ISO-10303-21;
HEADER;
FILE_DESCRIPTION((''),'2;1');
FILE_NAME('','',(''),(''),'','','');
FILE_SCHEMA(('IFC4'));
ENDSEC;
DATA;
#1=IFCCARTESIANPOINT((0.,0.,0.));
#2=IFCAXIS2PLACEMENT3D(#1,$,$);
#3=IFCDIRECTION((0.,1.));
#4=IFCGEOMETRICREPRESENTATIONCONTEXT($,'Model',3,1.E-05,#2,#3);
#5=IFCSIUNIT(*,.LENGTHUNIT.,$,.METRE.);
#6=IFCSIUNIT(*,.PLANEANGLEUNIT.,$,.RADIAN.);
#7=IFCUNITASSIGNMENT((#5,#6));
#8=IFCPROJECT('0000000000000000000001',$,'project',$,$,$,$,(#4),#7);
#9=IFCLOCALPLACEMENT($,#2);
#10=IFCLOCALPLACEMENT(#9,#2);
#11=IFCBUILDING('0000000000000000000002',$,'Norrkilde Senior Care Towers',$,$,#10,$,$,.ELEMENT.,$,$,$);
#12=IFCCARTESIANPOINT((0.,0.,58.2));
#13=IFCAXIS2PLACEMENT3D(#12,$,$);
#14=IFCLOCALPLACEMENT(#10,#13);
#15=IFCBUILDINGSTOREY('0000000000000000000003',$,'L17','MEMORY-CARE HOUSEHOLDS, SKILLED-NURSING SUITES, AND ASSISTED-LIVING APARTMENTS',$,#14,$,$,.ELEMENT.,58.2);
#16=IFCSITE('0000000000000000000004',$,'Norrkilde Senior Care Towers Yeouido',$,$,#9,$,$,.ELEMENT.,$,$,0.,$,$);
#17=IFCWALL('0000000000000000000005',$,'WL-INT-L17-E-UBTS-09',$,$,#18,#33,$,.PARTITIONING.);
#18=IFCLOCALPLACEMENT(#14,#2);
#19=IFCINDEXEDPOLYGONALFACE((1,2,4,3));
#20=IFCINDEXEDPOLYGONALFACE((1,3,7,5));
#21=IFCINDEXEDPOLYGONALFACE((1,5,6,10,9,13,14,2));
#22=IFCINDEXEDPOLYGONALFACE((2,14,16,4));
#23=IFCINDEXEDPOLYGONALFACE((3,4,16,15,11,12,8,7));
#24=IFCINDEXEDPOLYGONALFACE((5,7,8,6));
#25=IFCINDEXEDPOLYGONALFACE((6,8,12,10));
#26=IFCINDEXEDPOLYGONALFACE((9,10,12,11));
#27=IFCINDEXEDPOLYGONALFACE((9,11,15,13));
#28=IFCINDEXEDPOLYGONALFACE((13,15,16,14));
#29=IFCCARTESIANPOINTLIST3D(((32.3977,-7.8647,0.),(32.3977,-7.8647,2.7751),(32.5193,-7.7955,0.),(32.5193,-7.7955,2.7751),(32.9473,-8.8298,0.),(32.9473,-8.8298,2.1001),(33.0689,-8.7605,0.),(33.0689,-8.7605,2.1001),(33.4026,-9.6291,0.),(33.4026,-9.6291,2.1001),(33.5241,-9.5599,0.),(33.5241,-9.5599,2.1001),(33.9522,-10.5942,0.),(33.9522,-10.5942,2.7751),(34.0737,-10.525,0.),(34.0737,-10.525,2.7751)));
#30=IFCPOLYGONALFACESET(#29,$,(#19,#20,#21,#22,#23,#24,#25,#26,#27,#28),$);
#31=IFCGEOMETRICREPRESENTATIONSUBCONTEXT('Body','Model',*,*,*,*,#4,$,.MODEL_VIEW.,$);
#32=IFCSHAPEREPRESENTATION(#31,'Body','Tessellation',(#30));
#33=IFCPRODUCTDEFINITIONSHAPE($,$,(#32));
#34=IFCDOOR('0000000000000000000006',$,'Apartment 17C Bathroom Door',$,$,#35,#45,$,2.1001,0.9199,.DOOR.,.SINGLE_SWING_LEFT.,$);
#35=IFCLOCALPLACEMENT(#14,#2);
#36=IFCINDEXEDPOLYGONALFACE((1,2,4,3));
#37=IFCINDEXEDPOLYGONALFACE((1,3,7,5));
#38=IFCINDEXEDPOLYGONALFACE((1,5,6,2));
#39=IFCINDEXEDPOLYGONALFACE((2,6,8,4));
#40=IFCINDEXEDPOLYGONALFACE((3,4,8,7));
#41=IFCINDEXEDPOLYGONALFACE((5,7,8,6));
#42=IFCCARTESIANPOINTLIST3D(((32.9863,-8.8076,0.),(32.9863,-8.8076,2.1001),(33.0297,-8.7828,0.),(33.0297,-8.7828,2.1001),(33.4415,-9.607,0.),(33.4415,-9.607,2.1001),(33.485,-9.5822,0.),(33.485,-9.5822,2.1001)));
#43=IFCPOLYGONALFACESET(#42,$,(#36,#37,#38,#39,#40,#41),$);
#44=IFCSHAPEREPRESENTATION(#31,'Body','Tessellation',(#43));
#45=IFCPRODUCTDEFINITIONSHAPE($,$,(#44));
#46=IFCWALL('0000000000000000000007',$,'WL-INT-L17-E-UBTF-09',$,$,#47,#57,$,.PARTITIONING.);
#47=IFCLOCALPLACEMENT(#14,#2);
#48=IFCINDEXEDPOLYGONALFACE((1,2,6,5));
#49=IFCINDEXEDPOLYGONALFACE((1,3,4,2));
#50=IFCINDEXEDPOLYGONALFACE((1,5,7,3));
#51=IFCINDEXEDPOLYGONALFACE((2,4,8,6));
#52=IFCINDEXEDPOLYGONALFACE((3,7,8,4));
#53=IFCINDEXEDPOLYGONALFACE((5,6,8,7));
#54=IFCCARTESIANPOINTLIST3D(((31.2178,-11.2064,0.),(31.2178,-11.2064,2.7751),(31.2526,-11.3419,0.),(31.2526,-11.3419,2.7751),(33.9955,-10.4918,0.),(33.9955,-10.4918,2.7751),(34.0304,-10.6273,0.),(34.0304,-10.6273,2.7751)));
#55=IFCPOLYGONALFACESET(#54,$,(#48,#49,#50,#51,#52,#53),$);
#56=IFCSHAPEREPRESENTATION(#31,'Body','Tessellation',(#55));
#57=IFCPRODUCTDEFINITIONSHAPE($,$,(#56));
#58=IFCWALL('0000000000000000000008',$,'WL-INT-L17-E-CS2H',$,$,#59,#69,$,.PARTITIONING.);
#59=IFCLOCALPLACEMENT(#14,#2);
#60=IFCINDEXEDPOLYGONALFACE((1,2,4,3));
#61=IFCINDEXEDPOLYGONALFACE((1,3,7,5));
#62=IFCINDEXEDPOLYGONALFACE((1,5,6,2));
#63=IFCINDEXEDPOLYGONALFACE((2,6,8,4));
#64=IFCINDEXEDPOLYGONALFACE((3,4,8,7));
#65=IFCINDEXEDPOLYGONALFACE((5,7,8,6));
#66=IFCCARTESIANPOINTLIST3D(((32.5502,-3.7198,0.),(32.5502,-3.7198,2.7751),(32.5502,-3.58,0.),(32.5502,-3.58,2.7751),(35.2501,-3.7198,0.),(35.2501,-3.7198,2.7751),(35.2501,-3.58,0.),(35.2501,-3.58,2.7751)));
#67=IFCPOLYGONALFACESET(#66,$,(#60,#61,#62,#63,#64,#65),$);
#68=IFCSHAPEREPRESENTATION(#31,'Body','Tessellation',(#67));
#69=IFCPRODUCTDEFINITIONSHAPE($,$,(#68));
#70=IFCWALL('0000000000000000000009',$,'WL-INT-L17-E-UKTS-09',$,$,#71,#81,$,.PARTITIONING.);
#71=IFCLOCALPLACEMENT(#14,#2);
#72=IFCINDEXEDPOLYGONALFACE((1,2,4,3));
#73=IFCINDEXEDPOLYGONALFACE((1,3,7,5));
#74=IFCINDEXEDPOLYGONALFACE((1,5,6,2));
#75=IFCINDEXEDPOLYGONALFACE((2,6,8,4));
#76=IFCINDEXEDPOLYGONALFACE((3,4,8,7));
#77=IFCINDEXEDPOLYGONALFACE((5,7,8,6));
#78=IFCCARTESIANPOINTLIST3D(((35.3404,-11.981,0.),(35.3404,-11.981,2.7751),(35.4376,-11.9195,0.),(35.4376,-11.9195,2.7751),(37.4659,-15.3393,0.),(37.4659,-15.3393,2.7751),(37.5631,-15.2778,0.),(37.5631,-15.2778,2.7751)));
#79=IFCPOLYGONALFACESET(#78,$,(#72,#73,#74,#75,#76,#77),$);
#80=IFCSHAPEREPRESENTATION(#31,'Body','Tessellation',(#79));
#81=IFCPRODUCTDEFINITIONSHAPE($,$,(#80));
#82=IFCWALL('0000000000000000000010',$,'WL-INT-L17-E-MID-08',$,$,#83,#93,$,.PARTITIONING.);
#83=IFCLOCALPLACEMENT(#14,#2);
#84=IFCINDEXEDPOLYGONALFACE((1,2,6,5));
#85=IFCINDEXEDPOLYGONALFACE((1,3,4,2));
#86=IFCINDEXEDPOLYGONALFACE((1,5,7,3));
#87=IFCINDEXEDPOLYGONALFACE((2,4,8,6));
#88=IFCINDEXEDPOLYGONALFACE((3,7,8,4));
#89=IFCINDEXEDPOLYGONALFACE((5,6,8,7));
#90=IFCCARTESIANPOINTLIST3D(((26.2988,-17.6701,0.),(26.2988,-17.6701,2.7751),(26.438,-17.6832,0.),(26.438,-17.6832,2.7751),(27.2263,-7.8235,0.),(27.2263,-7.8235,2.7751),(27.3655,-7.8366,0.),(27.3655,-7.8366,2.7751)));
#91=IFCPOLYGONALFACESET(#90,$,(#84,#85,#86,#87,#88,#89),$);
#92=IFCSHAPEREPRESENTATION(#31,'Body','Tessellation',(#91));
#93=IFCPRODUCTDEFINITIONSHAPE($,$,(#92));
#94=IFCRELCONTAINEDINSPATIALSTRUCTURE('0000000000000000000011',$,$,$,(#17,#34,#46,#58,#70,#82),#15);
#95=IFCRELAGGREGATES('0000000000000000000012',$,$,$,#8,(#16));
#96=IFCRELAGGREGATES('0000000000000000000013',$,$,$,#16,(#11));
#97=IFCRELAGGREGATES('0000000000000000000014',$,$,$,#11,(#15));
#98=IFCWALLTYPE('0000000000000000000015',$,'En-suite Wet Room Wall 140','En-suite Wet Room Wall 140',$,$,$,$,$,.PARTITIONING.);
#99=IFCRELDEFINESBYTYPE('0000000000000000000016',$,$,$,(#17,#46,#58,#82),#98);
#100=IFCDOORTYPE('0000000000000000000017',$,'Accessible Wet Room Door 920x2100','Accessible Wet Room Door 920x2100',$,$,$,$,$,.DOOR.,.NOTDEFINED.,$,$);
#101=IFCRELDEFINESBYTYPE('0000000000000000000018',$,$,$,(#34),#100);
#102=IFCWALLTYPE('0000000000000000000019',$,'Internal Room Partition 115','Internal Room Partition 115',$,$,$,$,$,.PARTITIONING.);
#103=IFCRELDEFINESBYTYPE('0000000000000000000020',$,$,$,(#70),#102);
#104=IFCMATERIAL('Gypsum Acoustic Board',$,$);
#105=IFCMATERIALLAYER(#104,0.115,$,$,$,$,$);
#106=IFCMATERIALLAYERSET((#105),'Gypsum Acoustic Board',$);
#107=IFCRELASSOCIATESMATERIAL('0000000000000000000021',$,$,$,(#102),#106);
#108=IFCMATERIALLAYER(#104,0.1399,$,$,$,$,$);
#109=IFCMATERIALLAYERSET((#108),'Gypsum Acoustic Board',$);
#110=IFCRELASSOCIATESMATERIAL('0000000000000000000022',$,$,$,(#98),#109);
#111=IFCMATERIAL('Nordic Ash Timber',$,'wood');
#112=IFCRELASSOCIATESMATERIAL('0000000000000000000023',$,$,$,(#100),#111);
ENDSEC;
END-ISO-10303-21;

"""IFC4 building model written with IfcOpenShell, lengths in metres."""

from ifc_helpers import new_model, si_unit, direction, frame, frame_2d, origin, place, context, subcontext, project, spatial, rectangle, extrude, source, transform, mapped, material, layer, layer_set, type_object, type_shapes, element, fill, save


model = new_model("IFC4")

# Units and contexts
model_context = context("Model", 3, precision=1e-05, world=origin(), true_north=direction((0.0, 1.0)))
body_context = subcontext(model_context, "Body", "Model", "MODEL_VIEW")
ifc_project = project(units=[si_unit("LENGTHUNIT", "METRE"), si_unit("PLANEANGLEUNIT", "RADIAN")], contexts=[model_context])

# Site, building, storey
site_placement = place(None, origin())
site = spatial("IfcSite", under=ifc_project, at=site_placement, Name="Norrkilde Senior Care Towers Yeouido", CompositionType="ELEMENT", RefElevation=0.0)
building_placement = place(site_placement, origin())
building = spatial("IfcBuilding", under=site, at=building_placement, Name="Norrkilde Senior Care Towers", CompositionType="ELEMENT")
storey_placement = place(building_placement, frame((0.0, 0.0, 58.2)))
storey = spatial("IfcBuildingStorey", under=building, at=storey_placement, Name="L17", Description="MEMORY-CARE HOUSEHOLDS, SKILLED-NURSING SUITES, AND ASSISTED-LIVING APARTMENTS", CompositionType="ELEMENT", Elevation=58.2)

# Shared definitions
ifc_material_1 = material(Name="Gypsum Acoustic Board")
ifc_layer_1 = layer(ifc_material_1, 0.115)
ifc_layer_set_1 = layer_set([ifc_layer_1], Name="Gypsum Acoustic Board")
wall_type_1 = type_object("IfcWallType", Name="Internal Room Partition 115", Description="Internal Room Partition 115", PredefinedType="PARTITIONING", material=ifc_layer_set_1)

# Wall, opening, door
ifc_layer_2 = layer(ifc_material_1, 0.1399)
ifc_layer_set_2 = layer_set([ifc_layer_2], Name="Gypsum Acoustic Board")
wall_type_2 = type_object("IfcWallType", Name="En-suite Wet Room Wall 140", Description="En-suite Wet Room Wall 140", PredefinedType="PARTITIONING", material=ifc_layer_set_2)
shared_shape_1 = source(origin(), body_context, "Body", "SweptSolid", [
    extrude(rectangle(XDim=3.1411, YDim=0.1399, at=frame_2d((1.5706, 0.0))), origin(), (0.0, 0.0, 1.0), 2.7751),
])
wall_1_placement = place(storey_placement, frame((32.4585, -7.8301, 0.0), z_axis=(0.0, 0.0, 1.0), x_axis=(0.494874, -0.868964, 0.0)))
wall_1 = element("IfcWall", 1, at=wall_1_placement, inside=storey, type_object=wall_type_2, Name="WL-INT-L17-E-UBTS-09", PredefinedType="PARTITIONING", context=body_context, shape_type="MappedRepresentation", body=[
    mapped(shared_shape_1, transform((0.0, 0.0, 0.0), x_axis=(1.0, 0.0, 0.0), y_axis=(0.0, 1.0, 0.0), z_axis=(0.0, 0.0, 1.0), scale=1.0)),
])
opening_1_placement = place(wall_1_placement, frame((1.1106, 0.0, 0.0)))
opening_1 = element("IfcOpeningElement", 2, at=opening_1_placement, cuts=wall_1, PredefinedType="OPENING", context=body_context, shape_type="SweptSolid", body=[
    extrude(rectangle(XDim=0.9199, YDim=2.1001, at=frame_2d((0.46, 1.05))), frame((0.0, 0.0798, 0.0), z_axis=(0.0, -1.0, 0.0), x_axis=(1.0, 0.0, 0.0)), (0.0, 0.0, 1.0), 0.1599),
])
ifc_material_2 = material(Name="Nordic Ash Timber", Category="wood")
door_type_1 = type_object("IfcDoorType", Name="Accessible Wet Room Door 920x2100", Description="Accessible Wet Room Door 920x2100", OperationType="NOTDEFINED", PredefinedType="DOOR", material=ifc_material_2)
shared_shape_2 = source(origin(), body_context, "Body", "SweptSolid", [
    extrude(rectangle(XDim=0.9199, YDim=2.1001, at=frame_2d((0.46, 1.05))), frame((0.0, 0.0249, 0.0), z_axis=(0.0, -1.0, 0.0), x_axis=(1.0, 0.0, 0.0)), (0.0, 0.0, 1.0), 0.05),
])
type_shapes(door_type_1, [shared_shape_2])
door_1_placement = place(opening_1_placement, origin())
door_1 = element("IfcDoor", 3, at=door_1_placement, inside=storey, type_object=door_type_1, Name="Apartment 17C Bathroom Door", OperationType="SINGLE_SWING_LEFT", OverallHeight=2.1001, OverallWidth=0.9199, PredefinedType="DOOR", context=body_context, shape_type="MappedRepresentation", body=[
    mapped(shared_shape_2, transform((0.0, 0.0, 0.0), x_axis=(1.0, 0.0, 0.0), y_axis=(0.0, 1.0, 0.0), z_axis=(0.0, 0.0, 1.0), scale=1.0)),
])
fill(opening_1, door_1)

# Walls
shared_shape_3 = source(origin(), body_context, "Body", "SweptSolid", [
    extrude(rectangle(XDim=2.8682, YDim=0.1399, at=frame_2d((1.4341, 0.0))), origin(), (0.0, 0.0, 1.0), 2.7751),
])
wall_2_placement = place(storey_placement, frame((34.0129, -10.5596, 0.0), z_axis=(0.0, 0.0, 1.0), x_axis=(-0.968468, -0.249139, 0.0)))
element("IfcWall", 4, at=wall_2_placement, inside=storey, type_object=wall_type_2, Name="WL-INT-L17-E-UBTF-09", PredefinedType="PARTITIONING", context=body_context, shape_type="MappedRepresentation", body=[
    mapped(shared_shape_3, transform((0.0, 0.0, 0.0), x_axis=(1.0, 0.0, 0.0), y_axis=(0.0, 1.0, 0.0), z_axis=(0.0, 0.0, 1.0), scale=1.0)),
])
shared_shape_4 = source(origin(), body_context, "Body", "SweptSolid", [
    extrude(rectangle(XDim=2.7, YDim=0.1399, at=frame_2d((1.3501, 0.0))), origin(), (0.0, 0.0, 1.0), 2.7751),
])
wall_3_placement = place(storey_placement, frame((32.55, -3.6499, 0.0), z_axis=(0.0, 0.0, 1.0), x_axis=(1.0, 0.0, 0.0)))
element("IfcWall", 5, at=wall_3_placement, inside=storey, type_object=wall_type_2, Name="WL-INT-L17-E-CS2H", PredefinedType="PARTITIONING", context=body_context, shape_type="MappedRepresentation", body=[
    mapped(shared_shape_4, transform((0.0, 0.0, 0.0), x_axis=(1.0, 0.0, 0.0), y_axis=(0.0, 1.0, 0.0), z_axis=(0.0, 0.0, 1.0), scale=1.0)),
])
shared_shape_5 = source(origin(), body_context, "Body", "SweptSolid", [
    extrude(rectangle(XDim=3.9744, YDim=0.115, at=frame_2d((1.9873, 0.0))), origin(), (0.0, 0.0, 1.0), 2.7751),
])
wall_4_placement = place(storey_placement, frame((35.3889, -11.9502, 0.0), z_axis=(0.0, 0.0, 1.0), x_axis=(0.534811, -0.844972, 0.0)))
element("IfcWall", 6, at=wall_4_placement, inside=storey, type_object=wall_type_1, Name="WL-INT-L17-E-UKTS-09", PredefinedType="PARTITIONING", context=body_context, shape_type="MappedRepresentation", body=[
    mapped(shared_shape_5, transform((0.0, 0.0, 0.0), x_axis=(1.0, 0.0, 0.0), y_axis=(0.0, 1.0, 0.0), z_axis=(0.0, 0.0, 1.0), scale=1.0)),
])
shared_shape_6 = source(origin(), body_context, "Body", "SweptSolid", [
    extrude(rectangle(XDim=9.8901, YDim=0.1399, at=frame_2d((4.9451, 0.0))), origin(), (0.0, 0.0, 1.0), 2.7751),
])
type_shapes(wall_type_2, [shared_shape_1, shared_shape_3, shared_shape_4, shared_shape_6])
wall_5_placement = place(storey_placement, frame((27.2959, -7.8301, 0.0), z_axis=(0.0, 0.0, 1.0), x_axis=(-0.09378, -0.995593, 0.0)))
element("IfcWall", 7, at=wall_5_placement, inside=storey, type_object=wall_type_2, Name="WL-INT-L17-E-MID-08", PredefinedType="PARTITIONING", context=body_context, shape_type="MappedRepresentation", body=[
    mapped(shared_shape_6, transform((0.0, 0.0, 0.0), x_axis=(1.0, 0.0, 0.0), y_axis=(0.0, 1.0, 0.0), z_axis=(0.0, 0.0, 1.0), scale=1.0)),
])

save(model, "model.ifc")
